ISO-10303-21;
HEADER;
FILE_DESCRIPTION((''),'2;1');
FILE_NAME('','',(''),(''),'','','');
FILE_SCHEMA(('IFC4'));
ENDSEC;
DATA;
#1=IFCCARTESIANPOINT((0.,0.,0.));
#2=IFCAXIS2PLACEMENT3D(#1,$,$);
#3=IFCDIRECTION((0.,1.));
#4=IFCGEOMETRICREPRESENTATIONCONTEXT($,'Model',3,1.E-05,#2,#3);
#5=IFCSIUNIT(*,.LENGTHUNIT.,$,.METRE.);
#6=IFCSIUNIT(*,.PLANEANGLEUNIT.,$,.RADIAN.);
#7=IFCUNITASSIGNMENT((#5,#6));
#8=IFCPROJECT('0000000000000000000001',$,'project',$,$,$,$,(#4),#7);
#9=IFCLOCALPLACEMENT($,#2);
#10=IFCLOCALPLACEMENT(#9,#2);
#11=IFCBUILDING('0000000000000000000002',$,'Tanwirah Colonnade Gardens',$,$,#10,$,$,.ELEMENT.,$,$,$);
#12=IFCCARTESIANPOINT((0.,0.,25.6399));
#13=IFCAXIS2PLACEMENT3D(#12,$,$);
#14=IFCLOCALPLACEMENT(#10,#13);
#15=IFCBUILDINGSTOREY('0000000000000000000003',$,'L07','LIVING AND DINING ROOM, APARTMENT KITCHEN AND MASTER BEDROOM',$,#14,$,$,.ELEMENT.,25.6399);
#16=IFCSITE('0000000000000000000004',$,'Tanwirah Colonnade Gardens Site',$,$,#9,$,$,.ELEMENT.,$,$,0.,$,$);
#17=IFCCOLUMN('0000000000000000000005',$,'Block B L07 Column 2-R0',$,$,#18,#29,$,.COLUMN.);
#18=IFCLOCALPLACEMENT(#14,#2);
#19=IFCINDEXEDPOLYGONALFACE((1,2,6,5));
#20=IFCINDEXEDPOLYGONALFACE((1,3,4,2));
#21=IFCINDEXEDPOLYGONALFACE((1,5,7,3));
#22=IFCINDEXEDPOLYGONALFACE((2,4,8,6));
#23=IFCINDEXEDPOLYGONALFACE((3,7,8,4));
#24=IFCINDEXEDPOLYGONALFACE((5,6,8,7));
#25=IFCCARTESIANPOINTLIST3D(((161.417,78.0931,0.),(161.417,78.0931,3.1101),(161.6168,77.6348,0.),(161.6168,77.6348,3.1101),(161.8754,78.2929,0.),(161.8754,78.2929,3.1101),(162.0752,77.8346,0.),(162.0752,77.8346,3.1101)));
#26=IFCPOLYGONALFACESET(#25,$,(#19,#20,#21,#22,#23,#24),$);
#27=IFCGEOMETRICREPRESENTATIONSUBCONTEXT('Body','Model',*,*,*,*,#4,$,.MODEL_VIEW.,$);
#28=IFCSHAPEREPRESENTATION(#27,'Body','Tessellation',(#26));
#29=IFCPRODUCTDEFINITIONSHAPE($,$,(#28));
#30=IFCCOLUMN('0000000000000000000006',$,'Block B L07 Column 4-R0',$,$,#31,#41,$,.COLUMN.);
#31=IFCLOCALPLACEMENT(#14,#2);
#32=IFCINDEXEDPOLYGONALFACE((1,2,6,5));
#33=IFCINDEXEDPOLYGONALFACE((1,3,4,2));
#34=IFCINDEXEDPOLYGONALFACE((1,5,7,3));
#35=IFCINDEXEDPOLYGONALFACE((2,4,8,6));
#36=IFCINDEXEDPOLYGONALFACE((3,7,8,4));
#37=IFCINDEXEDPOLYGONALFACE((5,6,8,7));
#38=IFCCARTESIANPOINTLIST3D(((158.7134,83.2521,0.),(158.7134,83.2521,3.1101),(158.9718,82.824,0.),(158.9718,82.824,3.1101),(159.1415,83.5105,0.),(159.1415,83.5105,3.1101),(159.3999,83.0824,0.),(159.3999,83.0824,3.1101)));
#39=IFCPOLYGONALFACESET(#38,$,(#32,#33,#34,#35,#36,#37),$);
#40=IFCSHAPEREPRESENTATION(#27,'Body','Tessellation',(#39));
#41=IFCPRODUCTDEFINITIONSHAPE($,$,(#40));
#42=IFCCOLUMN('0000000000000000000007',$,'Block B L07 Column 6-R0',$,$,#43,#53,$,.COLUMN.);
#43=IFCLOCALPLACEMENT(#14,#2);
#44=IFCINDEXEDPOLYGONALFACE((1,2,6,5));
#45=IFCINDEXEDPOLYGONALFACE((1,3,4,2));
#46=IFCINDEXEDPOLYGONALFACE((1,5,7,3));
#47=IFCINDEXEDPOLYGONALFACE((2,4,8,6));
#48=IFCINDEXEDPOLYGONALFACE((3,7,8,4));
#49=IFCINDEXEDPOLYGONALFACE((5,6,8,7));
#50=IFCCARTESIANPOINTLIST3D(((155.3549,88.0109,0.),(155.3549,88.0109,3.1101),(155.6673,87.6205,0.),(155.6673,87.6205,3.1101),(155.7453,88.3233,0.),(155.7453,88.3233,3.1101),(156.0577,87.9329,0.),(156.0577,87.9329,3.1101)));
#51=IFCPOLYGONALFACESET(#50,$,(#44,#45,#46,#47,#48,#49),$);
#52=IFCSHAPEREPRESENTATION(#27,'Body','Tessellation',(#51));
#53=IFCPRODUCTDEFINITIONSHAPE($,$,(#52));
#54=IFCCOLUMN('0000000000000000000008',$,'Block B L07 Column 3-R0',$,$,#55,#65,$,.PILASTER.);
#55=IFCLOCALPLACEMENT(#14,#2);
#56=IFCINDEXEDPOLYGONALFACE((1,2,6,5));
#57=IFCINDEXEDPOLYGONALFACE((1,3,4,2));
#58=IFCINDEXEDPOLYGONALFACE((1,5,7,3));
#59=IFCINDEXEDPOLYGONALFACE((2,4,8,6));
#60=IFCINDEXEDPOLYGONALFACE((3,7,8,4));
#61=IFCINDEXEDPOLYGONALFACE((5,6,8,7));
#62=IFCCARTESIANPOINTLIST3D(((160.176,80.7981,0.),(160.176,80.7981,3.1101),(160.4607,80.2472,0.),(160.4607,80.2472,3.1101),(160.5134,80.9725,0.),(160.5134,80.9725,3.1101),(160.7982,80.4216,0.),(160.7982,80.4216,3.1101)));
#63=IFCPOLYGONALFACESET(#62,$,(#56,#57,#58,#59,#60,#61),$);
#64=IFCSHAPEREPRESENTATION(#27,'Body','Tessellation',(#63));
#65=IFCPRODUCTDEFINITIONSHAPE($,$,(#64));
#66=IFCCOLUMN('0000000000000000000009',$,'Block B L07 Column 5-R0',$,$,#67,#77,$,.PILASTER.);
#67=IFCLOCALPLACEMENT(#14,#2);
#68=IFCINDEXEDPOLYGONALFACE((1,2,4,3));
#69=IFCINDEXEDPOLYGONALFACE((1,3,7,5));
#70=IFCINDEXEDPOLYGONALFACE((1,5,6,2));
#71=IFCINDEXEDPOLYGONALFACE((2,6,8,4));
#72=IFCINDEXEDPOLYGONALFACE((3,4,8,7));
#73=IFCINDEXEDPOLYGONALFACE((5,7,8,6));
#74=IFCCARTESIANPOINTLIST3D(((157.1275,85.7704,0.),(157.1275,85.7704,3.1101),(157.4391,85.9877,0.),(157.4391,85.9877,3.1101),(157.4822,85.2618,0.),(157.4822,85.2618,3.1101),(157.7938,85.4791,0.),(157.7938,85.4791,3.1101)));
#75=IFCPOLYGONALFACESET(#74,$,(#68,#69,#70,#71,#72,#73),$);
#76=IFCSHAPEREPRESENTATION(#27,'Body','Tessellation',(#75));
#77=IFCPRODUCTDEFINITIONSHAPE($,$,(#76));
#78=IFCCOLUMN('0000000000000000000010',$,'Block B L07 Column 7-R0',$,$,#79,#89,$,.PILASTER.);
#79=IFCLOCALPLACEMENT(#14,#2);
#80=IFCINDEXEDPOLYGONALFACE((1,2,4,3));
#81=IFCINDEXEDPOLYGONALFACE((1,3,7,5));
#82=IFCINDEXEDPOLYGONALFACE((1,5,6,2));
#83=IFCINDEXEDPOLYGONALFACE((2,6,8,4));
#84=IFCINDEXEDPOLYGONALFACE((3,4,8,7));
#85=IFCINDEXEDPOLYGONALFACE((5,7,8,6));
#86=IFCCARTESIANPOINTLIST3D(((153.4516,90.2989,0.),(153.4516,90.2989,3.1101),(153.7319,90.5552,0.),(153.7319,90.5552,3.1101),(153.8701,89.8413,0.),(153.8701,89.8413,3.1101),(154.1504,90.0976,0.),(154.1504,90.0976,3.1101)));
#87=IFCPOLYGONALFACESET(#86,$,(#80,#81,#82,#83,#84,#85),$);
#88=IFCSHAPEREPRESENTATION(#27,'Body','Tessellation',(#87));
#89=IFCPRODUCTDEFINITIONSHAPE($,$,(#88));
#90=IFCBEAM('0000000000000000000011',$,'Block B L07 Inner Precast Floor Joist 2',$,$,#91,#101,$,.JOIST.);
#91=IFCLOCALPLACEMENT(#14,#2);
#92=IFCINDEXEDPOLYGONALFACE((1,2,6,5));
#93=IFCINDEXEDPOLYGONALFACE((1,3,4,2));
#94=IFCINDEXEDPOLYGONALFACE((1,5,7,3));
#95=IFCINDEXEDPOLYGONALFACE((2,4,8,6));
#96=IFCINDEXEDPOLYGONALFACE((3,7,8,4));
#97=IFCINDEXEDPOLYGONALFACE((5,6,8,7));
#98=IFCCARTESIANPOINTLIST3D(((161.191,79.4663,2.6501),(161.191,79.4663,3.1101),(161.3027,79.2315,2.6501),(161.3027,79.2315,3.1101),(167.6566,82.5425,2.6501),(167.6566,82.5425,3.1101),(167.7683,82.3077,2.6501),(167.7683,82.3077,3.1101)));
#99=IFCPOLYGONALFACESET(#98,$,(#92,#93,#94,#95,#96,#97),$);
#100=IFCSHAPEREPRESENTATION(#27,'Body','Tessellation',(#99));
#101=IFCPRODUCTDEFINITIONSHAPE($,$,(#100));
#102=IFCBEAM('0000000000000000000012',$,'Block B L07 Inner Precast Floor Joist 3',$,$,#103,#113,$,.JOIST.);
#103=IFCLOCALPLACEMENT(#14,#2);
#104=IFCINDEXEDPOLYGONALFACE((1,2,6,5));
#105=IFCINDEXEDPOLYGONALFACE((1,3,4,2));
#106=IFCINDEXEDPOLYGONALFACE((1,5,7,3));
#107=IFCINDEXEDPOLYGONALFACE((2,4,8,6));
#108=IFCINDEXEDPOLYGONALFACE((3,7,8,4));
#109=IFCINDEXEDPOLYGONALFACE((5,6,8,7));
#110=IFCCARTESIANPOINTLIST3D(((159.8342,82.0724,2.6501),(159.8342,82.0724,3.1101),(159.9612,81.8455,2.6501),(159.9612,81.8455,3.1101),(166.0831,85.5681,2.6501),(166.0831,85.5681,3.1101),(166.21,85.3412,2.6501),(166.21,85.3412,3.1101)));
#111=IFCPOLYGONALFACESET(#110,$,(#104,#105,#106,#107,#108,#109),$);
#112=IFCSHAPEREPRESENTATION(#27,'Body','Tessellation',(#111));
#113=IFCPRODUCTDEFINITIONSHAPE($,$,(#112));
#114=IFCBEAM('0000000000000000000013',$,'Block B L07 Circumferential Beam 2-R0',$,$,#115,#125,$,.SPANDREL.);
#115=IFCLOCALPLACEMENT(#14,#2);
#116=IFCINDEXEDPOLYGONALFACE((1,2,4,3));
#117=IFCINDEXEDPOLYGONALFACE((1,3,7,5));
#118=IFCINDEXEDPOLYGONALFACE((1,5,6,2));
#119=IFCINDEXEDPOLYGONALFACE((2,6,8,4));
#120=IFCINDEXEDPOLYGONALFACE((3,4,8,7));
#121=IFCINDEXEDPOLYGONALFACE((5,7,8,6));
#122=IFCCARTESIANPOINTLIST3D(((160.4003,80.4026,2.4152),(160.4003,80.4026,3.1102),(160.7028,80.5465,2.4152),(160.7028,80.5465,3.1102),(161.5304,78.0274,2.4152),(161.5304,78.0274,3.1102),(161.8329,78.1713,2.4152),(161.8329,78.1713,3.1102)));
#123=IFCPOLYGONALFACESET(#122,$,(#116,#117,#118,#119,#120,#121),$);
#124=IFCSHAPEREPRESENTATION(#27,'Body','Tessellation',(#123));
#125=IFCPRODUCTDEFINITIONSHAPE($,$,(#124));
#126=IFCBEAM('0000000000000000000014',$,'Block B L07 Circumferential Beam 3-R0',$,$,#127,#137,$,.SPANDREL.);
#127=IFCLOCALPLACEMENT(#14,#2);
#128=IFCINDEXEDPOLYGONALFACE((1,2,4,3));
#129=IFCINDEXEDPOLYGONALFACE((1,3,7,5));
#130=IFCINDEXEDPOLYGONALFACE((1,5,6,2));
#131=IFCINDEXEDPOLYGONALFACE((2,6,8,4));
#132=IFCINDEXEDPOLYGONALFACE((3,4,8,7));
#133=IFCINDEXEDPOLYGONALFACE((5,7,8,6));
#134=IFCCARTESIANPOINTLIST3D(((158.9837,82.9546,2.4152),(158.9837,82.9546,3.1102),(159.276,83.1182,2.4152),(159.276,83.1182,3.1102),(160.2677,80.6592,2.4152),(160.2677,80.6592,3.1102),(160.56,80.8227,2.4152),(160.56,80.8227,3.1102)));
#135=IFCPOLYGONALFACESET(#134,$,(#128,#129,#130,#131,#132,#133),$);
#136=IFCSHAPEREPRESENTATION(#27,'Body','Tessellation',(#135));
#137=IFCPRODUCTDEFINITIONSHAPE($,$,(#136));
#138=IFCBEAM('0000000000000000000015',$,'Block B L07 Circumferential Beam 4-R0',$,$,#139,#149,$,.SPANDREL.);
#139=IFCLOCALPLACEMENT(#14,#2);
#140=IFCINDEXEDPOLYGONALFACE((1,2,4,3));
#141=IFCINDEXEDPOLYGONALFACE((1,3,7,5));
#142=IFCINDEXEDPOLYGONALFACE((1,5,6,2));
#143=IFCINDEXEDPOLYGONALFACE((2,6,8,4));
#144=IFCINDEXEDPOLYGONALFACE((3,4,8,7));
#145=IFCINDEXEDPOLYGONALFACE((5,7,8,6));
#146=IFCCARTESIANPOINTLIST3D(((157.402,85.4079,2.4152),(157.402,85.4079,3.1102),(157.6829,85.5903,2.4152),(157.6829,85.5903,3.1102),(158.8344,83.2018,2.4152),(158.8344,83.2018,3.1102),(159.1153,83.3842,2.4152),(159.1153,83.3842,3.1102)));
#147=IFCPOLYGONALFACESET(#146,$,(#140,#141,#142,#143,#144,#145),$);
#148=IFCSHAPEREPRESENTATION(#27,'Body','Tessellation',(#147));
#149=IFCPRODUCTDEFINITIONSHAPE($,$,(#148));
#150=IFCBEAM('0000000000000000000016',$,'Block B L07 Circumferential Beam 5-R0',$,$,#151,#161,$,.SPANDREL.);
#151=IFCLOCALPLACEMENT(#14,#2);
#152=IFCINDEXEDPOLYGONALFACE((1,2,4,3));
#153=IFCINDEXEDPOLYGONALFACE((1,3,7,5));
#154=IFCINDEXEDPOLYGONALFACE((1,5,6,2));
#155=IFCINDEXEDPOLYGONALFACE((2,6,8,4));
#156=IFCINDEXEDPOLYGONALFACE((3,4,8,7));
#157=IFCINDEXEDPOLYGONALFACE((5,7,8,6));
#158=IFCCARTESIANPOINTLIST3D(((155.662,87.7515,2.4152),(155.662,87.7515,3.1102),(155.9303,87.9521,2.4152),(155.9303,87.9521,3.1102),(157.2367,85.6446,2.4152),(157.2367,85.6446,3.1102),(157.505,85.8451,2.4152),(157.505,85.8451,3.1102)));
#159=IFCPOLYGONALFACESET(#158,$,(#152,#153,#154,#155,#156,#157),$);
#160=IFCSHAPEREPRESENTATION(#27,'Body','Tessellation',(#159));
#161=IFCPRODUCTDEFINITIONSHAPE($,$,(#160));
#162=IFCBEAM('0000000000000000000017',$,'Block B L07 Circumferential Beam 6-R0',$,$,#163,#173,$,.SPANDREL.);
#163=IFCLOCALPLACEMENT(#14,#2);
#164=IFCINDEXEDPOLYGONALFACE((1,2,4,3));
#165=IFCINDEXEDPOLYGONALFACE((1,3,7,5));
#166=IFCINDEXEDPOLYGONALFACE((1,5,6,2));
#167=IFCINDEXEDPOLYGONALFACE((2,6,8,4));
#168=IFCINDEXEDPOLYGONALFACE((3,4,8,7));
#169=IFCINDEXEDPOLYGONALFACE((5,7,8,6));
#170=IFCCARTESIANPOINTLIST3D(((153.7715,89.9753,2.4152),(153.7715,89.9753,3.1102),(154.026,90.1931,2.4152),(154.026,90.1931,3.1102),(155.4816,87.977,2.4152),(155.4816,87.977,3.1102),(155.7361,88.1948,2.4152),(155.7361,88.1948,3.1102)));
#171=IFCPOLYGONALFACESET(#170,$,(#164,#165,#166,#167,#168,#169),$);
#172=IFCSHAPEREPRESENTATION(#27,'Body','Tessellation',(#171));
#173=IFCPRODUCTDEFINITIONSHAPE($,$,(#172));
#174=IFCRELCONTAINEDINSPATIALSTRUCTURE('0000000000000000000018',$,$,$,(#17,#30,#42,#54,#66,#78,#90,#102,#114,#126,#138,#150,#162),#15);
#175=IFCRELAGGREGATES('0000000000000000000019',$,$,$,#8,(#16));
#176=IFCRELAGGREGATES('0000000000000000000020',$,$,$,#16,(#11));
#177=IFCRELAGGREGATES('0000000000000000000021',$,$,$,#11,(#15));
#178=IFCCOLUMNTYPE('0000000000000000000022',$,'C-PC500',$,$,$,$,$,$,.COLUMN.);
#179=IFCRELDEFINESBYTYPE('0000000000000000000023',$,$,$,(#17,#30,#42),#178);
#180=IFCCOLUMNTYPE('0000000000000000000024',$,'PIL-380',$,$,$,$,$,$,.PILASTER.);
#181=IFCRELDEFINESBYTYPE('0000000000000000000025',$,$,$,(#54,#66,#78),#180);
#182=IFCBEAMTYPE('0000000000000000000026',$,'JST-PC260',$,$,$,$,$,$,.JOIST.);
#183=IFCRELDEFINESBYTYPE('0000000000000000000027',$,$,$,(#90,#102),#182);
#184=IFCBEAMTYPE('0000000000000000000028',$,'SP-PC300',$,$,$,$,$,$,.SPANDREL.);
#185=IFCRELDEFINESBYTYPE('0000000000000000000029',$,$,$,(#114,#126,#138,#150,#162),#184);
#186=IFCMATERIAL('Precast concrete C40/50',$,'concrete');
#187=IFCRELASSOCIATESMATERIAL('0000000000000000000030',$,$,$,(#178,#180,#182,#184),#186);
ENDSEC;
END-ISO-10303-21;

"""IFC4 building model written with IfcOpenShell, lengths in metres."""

from ifc_helpers import new_model, si_unit, direction, frame, origin, origin_2d, place, context, subcontext, project, spatial, rectangle, extrude, material, material_profile, profile_set, type_object, element, save


model = new_model("IFC4")

# Units and contexts
model_context = context("Model", 3, precision=1e-05, world=origin(), true_north=direction((0.0, 1.0)))
body_context = subcontext(model_context, "Body", "Model", "MODEL_VIEW")
ifc_project = project(units=[si_unit("LENGTHUNIT", "METRE"), si_unit("PLANEANGLEUNIT", "RADIAN")], contexts=[model_context])

# Site, building, storey
site_placement = place(None, origin())
site = spatial("IfcSite", under=ifc_project, at=site_placement, Name="Tanwirah Colonnade Gardens Site", CompositionType="ELEMENT", RefElevation=0.0)
building_placement = place(site_placement, origin())
building = spatial("IfcBuilding", under=site, at=building_placement, Name="Tanwirah Colonnade Gardens", CompositionType="ELEMENT")
storey_placement = place(building_placement, frame((0.0, 0.0, 25.6399)))
storey = spatial("IfcBuildingStorey", under=building, at=storey_placement, Name="L07", Description="LIVING AND DINING ROOM, APARTMENT KITCHEN AND MASTER BEDROOM", CompositionType="ELEMENT", Elevation=25.6399)

# Columns
ifc_material_1 = material(Name="Precast concrete C40/50", Category="concrete")
ifc_material_profile_1 = material_profile(ifc_material_1, rectangle(XDim=0.5, YDim=0.5, at=origin_2d()), Name="PC-COL 500x500")
ifc_profile_set_1 = profile_set([ifc_material_profile_1], Name="Precast concrete C40/50")
column_type_1 = type_object("IfcColumnType", Name="C-PC500", PredefinedType="COLUMN", material=ifc_profile_set_1)
for number, where, z_axis, x_axis, name in (
    (1, (161.7461, 77.9639, 0.0), (0.0, 0.0, 1.0), (0.916673, 0.399638, 0.0), "Block B L07 Column 2-R0"),
    (2, (159.0566, 83.1672, 0.0), (0.0, 0.0, 1.0), (0.856167, 0.516699, 0.0), "Block B L07 Column 4-R0"),
    (3, (155.7063, 87.9719, 0.0), (0.0, 0.0, 1.0), (0.780794, 0.624789, 0.0), "Block B L07 Column 6-R0"),
):
    element("IfcColumn", number, at=place(storey_placement, frame(where, z_axis=z_axis, x_axis=x_axis)), inside=storey, type_object=column_type_1, Name=name, PredefinedType="COLUMN", context=body_context, shape_type="SweptSolid", body=[
        extrude(rectangle(XDim=0.5, YDim=0.5, at=origin_2d()), origin(), (0.0, 0.0, 1.0), 3.1101),
    ])
ifc_material_profile_2 = material_profile(ifc_material_1, rectangle(XDim=0.3799, YDim=0.6201, at=origin_2d()), Name="PC-PIL 380x620")
ifc_profile_set_2 = profile_set([ifc_material_profile_2], Name="Precast concrete C40/50")
column_type_2 = type_object("IfcColumnType", Name="PIL-380", PredefinedType="PILASTER", material=ifc_profile_set_2)
for number, where, z_axis, x_axis, name in (
    (4, (160.4871, 80.6099, 0.0), (0.0, 0.0, 1.0), (0.88835, 0.459166, 0.0), "Block B L07 Column 3-R0"),
    (5, (157.4607, 85.6248, 0.0), (0.0, 0.0, 1.0), (0.820263, 0.571987, 0.0), "Block B L07 Column 5-R0"),
    (6, (153.801, 90.1982, 0.0), (0.0, 0.0, 1.0), (0.737932, 0.674875, 0.0), "Block B L07 Column 7-R0"),
):
    element("IfcColumn", number, at=place(storey_placement, frame(where, z_axis=z_axis, x_axis=x_axis)), inside=storey, type_object=column_type_2, Name=name, PredefinedType="PILASTER", context=body_context, shape_type="SweptSolid", body=[
        extrude(rectangle(XDim=0.3799, YDim=0.6201, at=origin_2d()), origin(), (0.0, 0.0, 1.0), 3.1101),
    ])

# Beams
ifc_material_profile_3 = material_profile(ifc_material_1, rectangle(XDim=0.26, YDim=0.46, at=origin_2d()), Name="PC-JST 260x460")
ifc_profile_set_3 = profile_set([ifc_material_profile_3], Name="Precast concrete C40/50")
beam_type_1 = type_object("IfcBeamType", Name="JST-PC260", PredefinedType="JOIST", material=ifc_profile_set_3)
for number, where, z_axis, x_axis, name in (
    (7, (161.2468, 79.3489, 2.8801), (0.903005, 0.429629, 0.0), (-0.429629, 0.903005, 0.0), "Block B L07 Inner Precast Floor Joist 2"),
    (8, (159.8977, 81.959, 2.8801), (0.872727, 0.488209, 0.0), (-0.488209, 0.872727, 0.0), "Block B L07 Inner Precast Floor Joist 3"),
):
    element("IfcBeam", number, at=place(storey_placement, frame(where, z_axis=z_axis, x_axis=x_axis)), inside=storey, type_object=beam_type_1, Name=name, PredefinedType="JOIST", context=body_context, shape_type="SweptSolid", body=[
        extrude(rectangle(XDim=0.26, YDim=0.46, at=origin_2d()), origin(), (0.0, 0.0, 1.0), 7.1602),
    ])
ifc_material_profile_4 = material_profile(ifc_material_1, rectangle(XDim=0.335, YDim=0.6951, at=origin_2d()), Name="PC-SP 335x695")
ifc_profile_set_4 = profile_set([ifc_material_profile_4], Name="Precast concrete C40/50")
beam_type_2 = type_object("IfcBeamType", Name="SP-PC300", PredefinedType="SPANDREL", material=ifc_profile_set_4)
beam_1_placement = place(storey_placement, frame((161.6816, 78.0994, 2.7627), z_axis=(-0.429642, 0.902999, 0.0), x_axis=(-0.902999, -0.429642, 0.0)))
element("IfcBeam", 9, at=beam_1_placement, inside=storey, type_object=beam_type_2, Name="Block B L07 Circumferential Beam 2-R0", PredefinedType="SPANDREL", context=body_context, shape_type="SweptSolid", body=[
    extrude(rectangle(XDim=0.335, YDim=0.6951, at=origin_2d()), origin(), (0.0, 0.0, 1.0), 2.6304),
])
beam_2_placement = place(storey_placement, frame((160.4138, 80.741, 2.7627), z_axis=(-0.488171, 0.872748, 0.0), x_axis=(-0.872748, -0.488171, 0.0)))
element("IfcBeam", 10, at=beam_2_placement, inside=storey, type_object=beam_type_2, Name="Block B L07 Circumferential Beam 3-R0", PredefinedType="SPANDREL", context=body_context, shape_type="SweptSolid", body=[
    extrude(rectangle(XDim=0.335, YDim=0.6951, at=origin_2d()), origin(), (0.0, 0.0, 1.0), 2.6301),
])
for number, where, z_axis, x_axis, name in (
    (11, (158.9749, 83.293, 2.7627), (-0.544571, 0.838715, 0.0), (-0.838715, -0.544571, 0.0), "Block B L07 Circumferential Beam 4-R0"),
    (12, (157.3708, 85.7449, 2.7627), (-0.598663, 0.801001, 0.0), (-0.801001, -0.598663, 0.0), "Block B L07 Circumferential Beam 5-R0"),
):
    element("IfcBeam", number, at=place(storey_placement, frame(where, z_axis=z_axis, x_axis=x_axis)), inside=storey, type_object=beam_type_2, Name=name, PredefinedType="SPANDREL", context=body_context, shape_type="SweptSolid", body=[
        extrude(rectangle(XDim=0.335, YDim=0.6951, at=origin_2d()), origin(), (0.0, 0.0, 1.0), 2.6304),
    ])
beam_3_placement = place(storey_placement, frame((155.6089, 88.0859, 2.7627), z_axis=(-0.650218, 0.759748, 0.0), x_axis=(-0.759748, -0.650218, 0.0)))
element("IfcBeam", 13, at=beam_3_placement, inside=storey, type_object=beam_type_2, Name="Block B L07 Circumferential Beam 6-R0", PredefinedType="SPANDREL", context=body_context, shape_type="SweptSolid", body=[
    extrude(rectangle(XDim=0.335, YDim=0.6951, at=origin_2d()), origin(), (0.0, 0.0, 1.0), 2.6301),
])

save(model, "model.ifc")
